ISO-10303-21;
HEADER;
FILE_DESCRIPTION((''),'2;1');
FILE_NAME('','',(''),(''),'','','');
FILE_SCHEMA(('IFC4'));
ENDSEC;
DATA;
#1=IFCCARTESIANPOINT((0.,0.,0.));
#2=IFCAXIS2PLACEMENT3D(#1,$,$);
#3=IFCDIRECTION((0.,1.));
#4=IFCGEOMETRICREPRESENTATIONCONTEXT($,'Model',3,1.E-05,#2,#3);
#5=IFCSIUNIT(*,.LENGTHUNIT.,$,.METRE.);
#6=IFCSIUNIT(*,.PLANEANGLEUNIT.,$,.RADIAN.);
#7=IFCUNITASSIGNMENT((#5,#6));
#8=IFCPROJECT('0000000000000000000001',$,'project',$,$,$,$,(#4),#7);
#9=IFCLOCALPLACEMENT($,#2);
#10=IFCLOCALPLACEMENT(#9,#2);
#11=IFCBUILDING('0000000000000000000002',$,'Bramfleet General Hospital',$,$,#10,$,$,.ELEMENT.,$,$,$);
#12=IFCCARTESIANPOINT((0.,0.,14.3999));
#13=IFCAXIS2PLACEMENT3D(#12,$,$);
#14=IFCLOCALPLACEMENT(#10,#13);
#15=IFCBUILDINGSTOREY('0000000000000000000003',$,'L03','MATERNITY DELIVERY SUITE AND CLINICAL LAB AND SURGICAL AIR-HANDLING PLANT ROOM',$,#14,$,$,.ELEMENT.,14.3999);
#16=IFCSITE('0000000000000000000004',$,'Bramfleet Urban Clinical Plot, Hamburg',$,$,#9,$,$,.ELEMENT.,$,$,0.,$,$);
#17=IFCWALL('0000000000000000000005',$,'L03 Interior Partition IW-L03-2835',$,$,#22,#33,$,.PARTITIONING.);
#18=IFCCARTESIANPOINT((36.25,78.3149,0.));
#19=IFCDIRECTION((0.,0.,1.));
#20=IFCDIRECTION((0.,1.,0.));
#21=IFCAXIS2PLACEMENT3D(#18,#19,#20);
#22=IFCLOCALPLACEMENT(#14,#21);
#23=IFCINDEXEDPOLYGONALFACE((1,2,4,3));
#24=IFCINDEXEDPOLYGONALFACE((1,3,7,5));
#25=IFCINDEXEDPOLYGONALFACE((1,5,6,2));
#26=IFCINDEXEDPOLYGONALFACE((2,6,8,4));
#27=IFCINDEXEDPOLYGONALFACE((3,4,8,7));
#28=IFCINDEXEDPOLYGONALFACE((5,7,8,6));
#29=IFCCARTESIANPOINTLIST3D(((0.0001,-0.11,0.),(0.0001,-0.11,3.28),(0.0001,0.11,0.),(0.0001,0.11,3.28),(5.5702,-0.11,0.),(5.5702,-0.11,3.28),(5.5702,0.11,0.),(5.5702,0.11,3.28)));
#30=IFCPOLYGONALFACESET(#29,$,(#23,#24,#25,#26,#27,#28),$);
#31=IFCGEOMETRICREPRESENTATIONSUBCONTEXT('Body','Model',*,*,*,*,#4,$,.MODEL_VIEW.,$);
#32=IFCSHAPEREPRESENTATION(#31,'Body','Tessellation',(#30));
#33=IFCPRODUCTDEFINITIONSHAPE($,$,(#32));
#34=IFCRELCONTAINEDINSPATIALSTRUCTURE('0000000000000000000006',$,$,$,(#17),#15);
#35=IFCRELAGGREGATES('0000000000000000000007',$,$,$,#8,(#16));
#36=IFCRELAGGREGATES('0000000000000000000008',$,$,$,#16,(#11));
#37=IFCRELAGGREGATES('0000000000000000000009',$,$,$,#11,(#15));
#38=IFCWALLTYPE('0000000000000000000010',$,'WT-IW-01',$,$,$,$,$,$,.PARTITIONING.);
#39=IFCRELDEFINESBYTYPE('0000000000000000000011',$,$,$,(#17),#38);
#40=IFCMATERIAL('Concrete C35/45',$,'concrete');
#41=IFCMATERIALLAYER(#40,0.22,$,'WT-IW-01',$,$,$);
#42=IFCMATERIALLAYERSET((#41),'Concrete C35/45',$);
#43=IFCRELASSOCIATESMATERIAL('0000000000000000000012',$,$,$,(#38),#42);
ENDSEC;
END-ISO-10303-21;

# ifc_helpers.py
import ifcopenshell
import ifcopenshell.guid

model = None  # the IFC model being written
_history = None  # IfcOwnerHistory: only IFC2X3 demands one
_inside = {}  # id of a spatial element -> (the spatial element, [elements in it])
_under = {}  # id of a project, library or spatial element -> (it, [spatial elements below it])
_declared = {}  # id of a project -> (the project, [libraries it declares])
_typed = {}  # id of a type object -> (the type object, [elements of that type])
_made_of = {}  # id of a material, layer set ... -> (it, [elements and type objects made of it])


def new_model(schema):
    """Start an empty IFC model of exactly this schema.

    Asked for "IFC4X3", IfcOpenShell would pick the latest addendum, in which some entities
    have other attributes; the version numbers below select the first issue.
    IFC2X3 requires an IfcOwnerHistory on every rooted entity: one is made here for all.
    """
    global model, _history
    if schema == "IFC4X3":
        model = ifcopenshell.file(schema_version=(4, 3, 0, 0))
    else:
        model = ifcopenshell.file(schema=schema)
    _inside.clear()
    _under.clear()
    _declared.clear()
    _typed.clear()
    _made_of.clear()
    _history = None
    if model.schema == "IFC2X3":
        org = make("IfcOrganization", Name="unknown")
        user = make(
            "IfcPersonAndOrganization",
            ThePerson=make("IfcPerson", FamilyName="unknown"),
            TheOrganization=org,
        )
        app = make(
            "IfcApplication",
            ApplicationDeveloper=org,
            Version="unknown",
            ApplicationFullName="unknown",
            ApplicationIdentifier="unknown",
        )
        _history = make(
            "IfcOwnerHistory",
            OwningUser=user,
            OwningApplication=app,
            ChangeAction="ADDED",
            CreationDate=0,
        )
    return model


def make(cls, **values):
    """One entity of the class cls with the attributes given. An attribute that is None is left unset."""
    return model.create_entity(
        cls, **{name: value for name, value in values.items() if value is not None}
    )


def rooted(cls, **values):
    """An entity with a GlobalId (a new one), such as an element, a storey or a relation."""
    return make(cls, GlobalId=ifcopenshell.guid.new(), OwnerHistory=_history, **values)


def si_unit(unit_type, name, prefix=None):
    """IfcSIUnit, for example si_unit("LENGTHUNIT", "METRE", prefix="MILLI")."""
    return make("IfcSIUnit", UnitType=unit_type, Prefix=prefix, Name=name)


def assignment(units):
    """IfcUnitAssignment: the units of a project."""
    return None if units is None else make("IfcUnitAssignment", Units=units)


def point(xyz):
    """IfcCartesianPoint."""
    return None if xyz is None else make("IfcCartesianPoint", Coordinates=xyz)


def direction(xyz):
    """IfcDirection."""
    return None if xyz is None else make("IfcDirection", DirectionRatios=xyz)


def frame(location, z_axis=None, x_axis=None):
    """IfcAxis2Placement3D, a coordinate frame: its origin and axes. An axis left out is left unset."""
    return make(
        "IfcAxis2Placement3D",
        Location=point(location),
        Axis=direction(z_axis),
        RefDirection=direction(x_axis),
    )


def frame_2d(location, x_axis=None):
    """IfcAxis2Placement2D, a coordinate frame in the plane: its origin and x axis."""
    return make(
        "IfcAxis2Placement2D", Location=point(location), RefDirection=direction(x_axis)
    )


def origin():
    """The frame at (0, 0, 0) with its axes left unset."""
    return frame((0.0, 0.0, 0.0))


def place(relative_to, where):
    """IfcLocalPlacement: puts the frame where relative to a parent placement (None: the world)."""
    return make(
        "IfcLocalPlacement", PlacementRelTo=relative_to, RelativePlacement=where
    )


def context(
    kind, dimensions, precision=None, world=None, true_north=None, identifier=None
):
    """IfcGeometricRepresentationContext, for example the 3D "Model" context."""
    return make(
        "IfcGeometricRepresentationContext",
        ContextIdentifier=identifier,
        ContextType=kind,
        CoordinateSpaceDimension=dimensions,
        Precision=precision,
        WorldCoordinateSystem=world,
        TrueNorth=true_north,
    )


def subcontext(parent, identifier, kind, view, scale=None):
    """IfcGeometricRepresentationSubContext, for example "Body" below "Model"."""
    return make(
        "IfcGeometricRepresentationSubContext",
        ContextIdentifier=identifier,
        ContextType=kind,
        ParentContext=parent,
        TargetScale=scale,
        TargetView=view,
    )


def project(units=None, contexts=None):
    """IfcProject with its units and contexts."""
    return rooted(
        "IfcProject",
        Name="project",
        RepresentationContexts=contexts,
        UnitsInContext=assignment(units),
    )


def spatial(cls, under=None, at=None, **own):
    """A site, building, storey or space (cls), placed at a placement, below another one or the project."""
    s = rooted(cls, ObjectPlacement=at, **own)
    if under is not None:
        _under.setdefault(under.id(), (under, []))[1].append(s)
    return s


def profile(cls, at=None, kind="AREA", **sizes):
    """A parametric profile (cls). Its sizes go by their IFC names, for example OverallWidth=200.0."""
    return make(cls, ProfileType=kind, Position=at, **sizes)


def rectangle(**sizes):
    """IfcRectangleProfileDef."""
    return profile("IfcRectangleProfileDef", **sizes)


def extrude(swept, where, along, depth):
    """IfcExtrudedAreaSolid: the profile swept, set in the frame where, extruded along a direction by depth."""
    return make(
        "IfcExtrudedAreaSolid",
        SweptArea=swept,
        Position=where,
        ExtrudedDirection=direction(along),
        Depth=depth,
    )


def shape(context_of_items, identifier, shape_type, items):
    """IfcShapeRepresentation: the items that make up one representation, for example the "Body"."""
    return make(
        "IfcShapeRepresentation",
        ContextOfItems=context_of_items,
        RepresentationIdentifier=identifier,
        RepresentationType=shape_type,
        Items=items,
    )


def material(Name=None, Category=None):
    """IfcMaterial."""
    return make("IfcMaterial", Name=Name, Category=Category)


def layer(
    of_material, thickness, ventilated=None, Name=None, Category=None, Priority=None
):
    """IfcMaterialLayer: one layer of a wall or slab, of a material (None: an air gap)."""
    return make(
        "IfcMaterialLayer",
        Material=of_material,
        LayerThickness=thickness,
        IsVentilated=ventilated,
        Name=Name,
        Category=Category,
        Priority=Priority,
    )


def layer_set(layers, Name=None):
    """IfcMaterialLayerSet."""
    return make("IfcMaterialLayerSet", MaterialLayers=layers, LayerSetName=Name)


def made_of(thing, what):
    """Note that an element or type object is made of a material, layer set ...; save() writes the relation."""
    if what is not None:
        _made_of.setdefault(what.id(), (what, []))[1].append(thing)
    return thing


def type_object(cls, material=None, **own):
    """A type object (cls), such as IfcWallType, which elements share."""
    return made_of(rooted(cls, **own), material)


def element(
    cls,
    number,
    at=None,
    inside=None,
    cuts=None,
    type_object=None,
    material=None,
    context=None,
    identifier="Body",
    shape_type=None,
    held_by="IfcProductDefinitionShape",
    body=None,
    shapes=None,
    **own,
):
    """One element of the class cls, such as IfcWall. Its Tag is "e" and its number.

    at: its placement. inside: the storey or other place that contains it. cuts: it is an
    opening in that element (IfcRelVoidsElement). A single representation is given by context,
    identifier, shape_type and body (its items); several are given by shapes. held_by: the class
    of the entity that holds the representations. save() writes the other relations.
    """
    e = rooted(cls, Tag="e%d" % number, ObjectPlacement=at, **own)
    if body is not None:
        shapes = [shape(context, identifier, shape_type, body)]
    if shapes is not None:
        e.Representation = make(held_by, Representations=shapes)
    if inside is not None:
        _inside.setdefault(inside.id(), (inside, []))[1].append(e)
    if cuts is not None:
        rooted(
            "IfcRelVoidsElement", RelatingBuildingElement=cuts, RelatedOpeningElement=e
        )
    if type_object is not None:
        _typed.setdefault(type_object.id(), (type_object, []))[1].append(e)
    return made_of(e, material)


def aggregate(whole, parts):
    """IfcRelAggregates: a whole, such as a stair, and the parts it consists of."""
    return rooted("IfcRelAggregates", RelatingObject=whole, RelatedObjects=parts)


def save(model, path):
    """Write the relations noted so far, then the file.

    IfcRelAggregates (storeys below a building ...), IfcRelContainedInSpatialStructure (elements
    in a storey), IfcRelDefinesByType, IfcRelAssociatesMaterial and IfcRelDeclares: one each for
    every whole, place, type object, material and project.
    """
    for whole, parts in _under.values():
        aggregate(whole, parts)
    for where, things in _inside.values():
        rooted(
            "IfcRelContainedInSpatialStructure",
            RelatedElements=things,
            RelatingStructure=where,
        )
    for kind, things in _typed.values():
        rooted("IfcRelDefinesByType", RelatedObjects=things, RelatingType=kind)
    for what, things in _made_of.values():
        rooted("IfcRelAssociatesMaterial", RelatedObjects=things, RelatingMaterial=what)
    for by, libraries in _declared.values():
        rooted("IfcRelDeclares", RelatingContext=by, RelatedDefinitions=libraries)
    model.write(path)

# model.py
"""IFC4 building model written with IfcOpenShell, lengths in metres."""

from ifc_helpers import new_model, si_unit, direction, frame, frame_2d, origin, place, context, subcontext, project, spatial, rectangle, extrude, material, layer, layer_set, type_object, element, save


model = new_model("IFC4")

# Units and contexts
model_context = context("Model", 3, precision=1e-05, world=origin(), true_north=direction((0.0, 1.0)))
body_context = subcontext(model_context, "Body", "Model", "MODEL_VIEW")
ifc_project = project(units=[si_unit("LENGTHUNIT", "METRE"), si_unit("PLANEANGLEUNIT", "RADIAN")], contexts=[model_context])

# Site, building, storey
site_placement = place(None, origin())
site = spatial("IfcSite", under=ifc_project, at=site_placement, Name="Bramfleet Urban Clinical Plot, Hamburg", CompositionType="ELEMENT", RefElevation=0.0)
building_placement = place(site_placement, origin())
building = spatial("IfcBuilding", under=site, at=building_placement, Name="Bramfleet General Hospital", CompositionType="ELEMENT")
storey_placement = place(building_placement, frame((0.0, 0.0, 14.3999)))
storey = spatial("IfcBuildingStorey", under=building, at=storey_placement, Name="L03", Description="MATERNITY DELIVERY SUITE AND CLINICAL LAB AND SURGICAL AIR-HANDLING PLANT ROOM", CompositionType="ELEMENT", Elevation=14.3999)

# Shared definitions
ifc_material_1 = material(Name="Concrete C35/45", Category="concrete")

# Shared definitions
ifc_layer_1 = layer(ifc_material_1, 0.22, Name="WT-IW-01")
ifc_layer_set_1 = layer_set([ifc_layer_1], Name="Concrete C35/45")
wall_type_1 = type_object("IfcWallType", Name="WT-IW-01", PredefinedType="PARTITIONING", material=ifc_layer_set_1)

# Wall
wall_1_placement = place(storey_placement, frame((36.25, 78.3149, 0.0), z_axis=(0.0, 0.0, 1.0), x_axis=(0.0, 1.0, 0.0)))
element("IfcWall", 1, at=wall_1_placement, inside=storey, type_object=wall_type_1, Name="L03 Interior Partition IW-L03-2835", PredefinedType="PARTITIONING", context=body_context, shape_type="SweptSolid", body=[
    extrude(rectangle(XDim=5.5701, YDim=0.22, at=frame_2d((2.7852, 0.0))), origin(), (0.0, 0.0, 1.0), 3.28),
])

save(model, "model.ifc")
